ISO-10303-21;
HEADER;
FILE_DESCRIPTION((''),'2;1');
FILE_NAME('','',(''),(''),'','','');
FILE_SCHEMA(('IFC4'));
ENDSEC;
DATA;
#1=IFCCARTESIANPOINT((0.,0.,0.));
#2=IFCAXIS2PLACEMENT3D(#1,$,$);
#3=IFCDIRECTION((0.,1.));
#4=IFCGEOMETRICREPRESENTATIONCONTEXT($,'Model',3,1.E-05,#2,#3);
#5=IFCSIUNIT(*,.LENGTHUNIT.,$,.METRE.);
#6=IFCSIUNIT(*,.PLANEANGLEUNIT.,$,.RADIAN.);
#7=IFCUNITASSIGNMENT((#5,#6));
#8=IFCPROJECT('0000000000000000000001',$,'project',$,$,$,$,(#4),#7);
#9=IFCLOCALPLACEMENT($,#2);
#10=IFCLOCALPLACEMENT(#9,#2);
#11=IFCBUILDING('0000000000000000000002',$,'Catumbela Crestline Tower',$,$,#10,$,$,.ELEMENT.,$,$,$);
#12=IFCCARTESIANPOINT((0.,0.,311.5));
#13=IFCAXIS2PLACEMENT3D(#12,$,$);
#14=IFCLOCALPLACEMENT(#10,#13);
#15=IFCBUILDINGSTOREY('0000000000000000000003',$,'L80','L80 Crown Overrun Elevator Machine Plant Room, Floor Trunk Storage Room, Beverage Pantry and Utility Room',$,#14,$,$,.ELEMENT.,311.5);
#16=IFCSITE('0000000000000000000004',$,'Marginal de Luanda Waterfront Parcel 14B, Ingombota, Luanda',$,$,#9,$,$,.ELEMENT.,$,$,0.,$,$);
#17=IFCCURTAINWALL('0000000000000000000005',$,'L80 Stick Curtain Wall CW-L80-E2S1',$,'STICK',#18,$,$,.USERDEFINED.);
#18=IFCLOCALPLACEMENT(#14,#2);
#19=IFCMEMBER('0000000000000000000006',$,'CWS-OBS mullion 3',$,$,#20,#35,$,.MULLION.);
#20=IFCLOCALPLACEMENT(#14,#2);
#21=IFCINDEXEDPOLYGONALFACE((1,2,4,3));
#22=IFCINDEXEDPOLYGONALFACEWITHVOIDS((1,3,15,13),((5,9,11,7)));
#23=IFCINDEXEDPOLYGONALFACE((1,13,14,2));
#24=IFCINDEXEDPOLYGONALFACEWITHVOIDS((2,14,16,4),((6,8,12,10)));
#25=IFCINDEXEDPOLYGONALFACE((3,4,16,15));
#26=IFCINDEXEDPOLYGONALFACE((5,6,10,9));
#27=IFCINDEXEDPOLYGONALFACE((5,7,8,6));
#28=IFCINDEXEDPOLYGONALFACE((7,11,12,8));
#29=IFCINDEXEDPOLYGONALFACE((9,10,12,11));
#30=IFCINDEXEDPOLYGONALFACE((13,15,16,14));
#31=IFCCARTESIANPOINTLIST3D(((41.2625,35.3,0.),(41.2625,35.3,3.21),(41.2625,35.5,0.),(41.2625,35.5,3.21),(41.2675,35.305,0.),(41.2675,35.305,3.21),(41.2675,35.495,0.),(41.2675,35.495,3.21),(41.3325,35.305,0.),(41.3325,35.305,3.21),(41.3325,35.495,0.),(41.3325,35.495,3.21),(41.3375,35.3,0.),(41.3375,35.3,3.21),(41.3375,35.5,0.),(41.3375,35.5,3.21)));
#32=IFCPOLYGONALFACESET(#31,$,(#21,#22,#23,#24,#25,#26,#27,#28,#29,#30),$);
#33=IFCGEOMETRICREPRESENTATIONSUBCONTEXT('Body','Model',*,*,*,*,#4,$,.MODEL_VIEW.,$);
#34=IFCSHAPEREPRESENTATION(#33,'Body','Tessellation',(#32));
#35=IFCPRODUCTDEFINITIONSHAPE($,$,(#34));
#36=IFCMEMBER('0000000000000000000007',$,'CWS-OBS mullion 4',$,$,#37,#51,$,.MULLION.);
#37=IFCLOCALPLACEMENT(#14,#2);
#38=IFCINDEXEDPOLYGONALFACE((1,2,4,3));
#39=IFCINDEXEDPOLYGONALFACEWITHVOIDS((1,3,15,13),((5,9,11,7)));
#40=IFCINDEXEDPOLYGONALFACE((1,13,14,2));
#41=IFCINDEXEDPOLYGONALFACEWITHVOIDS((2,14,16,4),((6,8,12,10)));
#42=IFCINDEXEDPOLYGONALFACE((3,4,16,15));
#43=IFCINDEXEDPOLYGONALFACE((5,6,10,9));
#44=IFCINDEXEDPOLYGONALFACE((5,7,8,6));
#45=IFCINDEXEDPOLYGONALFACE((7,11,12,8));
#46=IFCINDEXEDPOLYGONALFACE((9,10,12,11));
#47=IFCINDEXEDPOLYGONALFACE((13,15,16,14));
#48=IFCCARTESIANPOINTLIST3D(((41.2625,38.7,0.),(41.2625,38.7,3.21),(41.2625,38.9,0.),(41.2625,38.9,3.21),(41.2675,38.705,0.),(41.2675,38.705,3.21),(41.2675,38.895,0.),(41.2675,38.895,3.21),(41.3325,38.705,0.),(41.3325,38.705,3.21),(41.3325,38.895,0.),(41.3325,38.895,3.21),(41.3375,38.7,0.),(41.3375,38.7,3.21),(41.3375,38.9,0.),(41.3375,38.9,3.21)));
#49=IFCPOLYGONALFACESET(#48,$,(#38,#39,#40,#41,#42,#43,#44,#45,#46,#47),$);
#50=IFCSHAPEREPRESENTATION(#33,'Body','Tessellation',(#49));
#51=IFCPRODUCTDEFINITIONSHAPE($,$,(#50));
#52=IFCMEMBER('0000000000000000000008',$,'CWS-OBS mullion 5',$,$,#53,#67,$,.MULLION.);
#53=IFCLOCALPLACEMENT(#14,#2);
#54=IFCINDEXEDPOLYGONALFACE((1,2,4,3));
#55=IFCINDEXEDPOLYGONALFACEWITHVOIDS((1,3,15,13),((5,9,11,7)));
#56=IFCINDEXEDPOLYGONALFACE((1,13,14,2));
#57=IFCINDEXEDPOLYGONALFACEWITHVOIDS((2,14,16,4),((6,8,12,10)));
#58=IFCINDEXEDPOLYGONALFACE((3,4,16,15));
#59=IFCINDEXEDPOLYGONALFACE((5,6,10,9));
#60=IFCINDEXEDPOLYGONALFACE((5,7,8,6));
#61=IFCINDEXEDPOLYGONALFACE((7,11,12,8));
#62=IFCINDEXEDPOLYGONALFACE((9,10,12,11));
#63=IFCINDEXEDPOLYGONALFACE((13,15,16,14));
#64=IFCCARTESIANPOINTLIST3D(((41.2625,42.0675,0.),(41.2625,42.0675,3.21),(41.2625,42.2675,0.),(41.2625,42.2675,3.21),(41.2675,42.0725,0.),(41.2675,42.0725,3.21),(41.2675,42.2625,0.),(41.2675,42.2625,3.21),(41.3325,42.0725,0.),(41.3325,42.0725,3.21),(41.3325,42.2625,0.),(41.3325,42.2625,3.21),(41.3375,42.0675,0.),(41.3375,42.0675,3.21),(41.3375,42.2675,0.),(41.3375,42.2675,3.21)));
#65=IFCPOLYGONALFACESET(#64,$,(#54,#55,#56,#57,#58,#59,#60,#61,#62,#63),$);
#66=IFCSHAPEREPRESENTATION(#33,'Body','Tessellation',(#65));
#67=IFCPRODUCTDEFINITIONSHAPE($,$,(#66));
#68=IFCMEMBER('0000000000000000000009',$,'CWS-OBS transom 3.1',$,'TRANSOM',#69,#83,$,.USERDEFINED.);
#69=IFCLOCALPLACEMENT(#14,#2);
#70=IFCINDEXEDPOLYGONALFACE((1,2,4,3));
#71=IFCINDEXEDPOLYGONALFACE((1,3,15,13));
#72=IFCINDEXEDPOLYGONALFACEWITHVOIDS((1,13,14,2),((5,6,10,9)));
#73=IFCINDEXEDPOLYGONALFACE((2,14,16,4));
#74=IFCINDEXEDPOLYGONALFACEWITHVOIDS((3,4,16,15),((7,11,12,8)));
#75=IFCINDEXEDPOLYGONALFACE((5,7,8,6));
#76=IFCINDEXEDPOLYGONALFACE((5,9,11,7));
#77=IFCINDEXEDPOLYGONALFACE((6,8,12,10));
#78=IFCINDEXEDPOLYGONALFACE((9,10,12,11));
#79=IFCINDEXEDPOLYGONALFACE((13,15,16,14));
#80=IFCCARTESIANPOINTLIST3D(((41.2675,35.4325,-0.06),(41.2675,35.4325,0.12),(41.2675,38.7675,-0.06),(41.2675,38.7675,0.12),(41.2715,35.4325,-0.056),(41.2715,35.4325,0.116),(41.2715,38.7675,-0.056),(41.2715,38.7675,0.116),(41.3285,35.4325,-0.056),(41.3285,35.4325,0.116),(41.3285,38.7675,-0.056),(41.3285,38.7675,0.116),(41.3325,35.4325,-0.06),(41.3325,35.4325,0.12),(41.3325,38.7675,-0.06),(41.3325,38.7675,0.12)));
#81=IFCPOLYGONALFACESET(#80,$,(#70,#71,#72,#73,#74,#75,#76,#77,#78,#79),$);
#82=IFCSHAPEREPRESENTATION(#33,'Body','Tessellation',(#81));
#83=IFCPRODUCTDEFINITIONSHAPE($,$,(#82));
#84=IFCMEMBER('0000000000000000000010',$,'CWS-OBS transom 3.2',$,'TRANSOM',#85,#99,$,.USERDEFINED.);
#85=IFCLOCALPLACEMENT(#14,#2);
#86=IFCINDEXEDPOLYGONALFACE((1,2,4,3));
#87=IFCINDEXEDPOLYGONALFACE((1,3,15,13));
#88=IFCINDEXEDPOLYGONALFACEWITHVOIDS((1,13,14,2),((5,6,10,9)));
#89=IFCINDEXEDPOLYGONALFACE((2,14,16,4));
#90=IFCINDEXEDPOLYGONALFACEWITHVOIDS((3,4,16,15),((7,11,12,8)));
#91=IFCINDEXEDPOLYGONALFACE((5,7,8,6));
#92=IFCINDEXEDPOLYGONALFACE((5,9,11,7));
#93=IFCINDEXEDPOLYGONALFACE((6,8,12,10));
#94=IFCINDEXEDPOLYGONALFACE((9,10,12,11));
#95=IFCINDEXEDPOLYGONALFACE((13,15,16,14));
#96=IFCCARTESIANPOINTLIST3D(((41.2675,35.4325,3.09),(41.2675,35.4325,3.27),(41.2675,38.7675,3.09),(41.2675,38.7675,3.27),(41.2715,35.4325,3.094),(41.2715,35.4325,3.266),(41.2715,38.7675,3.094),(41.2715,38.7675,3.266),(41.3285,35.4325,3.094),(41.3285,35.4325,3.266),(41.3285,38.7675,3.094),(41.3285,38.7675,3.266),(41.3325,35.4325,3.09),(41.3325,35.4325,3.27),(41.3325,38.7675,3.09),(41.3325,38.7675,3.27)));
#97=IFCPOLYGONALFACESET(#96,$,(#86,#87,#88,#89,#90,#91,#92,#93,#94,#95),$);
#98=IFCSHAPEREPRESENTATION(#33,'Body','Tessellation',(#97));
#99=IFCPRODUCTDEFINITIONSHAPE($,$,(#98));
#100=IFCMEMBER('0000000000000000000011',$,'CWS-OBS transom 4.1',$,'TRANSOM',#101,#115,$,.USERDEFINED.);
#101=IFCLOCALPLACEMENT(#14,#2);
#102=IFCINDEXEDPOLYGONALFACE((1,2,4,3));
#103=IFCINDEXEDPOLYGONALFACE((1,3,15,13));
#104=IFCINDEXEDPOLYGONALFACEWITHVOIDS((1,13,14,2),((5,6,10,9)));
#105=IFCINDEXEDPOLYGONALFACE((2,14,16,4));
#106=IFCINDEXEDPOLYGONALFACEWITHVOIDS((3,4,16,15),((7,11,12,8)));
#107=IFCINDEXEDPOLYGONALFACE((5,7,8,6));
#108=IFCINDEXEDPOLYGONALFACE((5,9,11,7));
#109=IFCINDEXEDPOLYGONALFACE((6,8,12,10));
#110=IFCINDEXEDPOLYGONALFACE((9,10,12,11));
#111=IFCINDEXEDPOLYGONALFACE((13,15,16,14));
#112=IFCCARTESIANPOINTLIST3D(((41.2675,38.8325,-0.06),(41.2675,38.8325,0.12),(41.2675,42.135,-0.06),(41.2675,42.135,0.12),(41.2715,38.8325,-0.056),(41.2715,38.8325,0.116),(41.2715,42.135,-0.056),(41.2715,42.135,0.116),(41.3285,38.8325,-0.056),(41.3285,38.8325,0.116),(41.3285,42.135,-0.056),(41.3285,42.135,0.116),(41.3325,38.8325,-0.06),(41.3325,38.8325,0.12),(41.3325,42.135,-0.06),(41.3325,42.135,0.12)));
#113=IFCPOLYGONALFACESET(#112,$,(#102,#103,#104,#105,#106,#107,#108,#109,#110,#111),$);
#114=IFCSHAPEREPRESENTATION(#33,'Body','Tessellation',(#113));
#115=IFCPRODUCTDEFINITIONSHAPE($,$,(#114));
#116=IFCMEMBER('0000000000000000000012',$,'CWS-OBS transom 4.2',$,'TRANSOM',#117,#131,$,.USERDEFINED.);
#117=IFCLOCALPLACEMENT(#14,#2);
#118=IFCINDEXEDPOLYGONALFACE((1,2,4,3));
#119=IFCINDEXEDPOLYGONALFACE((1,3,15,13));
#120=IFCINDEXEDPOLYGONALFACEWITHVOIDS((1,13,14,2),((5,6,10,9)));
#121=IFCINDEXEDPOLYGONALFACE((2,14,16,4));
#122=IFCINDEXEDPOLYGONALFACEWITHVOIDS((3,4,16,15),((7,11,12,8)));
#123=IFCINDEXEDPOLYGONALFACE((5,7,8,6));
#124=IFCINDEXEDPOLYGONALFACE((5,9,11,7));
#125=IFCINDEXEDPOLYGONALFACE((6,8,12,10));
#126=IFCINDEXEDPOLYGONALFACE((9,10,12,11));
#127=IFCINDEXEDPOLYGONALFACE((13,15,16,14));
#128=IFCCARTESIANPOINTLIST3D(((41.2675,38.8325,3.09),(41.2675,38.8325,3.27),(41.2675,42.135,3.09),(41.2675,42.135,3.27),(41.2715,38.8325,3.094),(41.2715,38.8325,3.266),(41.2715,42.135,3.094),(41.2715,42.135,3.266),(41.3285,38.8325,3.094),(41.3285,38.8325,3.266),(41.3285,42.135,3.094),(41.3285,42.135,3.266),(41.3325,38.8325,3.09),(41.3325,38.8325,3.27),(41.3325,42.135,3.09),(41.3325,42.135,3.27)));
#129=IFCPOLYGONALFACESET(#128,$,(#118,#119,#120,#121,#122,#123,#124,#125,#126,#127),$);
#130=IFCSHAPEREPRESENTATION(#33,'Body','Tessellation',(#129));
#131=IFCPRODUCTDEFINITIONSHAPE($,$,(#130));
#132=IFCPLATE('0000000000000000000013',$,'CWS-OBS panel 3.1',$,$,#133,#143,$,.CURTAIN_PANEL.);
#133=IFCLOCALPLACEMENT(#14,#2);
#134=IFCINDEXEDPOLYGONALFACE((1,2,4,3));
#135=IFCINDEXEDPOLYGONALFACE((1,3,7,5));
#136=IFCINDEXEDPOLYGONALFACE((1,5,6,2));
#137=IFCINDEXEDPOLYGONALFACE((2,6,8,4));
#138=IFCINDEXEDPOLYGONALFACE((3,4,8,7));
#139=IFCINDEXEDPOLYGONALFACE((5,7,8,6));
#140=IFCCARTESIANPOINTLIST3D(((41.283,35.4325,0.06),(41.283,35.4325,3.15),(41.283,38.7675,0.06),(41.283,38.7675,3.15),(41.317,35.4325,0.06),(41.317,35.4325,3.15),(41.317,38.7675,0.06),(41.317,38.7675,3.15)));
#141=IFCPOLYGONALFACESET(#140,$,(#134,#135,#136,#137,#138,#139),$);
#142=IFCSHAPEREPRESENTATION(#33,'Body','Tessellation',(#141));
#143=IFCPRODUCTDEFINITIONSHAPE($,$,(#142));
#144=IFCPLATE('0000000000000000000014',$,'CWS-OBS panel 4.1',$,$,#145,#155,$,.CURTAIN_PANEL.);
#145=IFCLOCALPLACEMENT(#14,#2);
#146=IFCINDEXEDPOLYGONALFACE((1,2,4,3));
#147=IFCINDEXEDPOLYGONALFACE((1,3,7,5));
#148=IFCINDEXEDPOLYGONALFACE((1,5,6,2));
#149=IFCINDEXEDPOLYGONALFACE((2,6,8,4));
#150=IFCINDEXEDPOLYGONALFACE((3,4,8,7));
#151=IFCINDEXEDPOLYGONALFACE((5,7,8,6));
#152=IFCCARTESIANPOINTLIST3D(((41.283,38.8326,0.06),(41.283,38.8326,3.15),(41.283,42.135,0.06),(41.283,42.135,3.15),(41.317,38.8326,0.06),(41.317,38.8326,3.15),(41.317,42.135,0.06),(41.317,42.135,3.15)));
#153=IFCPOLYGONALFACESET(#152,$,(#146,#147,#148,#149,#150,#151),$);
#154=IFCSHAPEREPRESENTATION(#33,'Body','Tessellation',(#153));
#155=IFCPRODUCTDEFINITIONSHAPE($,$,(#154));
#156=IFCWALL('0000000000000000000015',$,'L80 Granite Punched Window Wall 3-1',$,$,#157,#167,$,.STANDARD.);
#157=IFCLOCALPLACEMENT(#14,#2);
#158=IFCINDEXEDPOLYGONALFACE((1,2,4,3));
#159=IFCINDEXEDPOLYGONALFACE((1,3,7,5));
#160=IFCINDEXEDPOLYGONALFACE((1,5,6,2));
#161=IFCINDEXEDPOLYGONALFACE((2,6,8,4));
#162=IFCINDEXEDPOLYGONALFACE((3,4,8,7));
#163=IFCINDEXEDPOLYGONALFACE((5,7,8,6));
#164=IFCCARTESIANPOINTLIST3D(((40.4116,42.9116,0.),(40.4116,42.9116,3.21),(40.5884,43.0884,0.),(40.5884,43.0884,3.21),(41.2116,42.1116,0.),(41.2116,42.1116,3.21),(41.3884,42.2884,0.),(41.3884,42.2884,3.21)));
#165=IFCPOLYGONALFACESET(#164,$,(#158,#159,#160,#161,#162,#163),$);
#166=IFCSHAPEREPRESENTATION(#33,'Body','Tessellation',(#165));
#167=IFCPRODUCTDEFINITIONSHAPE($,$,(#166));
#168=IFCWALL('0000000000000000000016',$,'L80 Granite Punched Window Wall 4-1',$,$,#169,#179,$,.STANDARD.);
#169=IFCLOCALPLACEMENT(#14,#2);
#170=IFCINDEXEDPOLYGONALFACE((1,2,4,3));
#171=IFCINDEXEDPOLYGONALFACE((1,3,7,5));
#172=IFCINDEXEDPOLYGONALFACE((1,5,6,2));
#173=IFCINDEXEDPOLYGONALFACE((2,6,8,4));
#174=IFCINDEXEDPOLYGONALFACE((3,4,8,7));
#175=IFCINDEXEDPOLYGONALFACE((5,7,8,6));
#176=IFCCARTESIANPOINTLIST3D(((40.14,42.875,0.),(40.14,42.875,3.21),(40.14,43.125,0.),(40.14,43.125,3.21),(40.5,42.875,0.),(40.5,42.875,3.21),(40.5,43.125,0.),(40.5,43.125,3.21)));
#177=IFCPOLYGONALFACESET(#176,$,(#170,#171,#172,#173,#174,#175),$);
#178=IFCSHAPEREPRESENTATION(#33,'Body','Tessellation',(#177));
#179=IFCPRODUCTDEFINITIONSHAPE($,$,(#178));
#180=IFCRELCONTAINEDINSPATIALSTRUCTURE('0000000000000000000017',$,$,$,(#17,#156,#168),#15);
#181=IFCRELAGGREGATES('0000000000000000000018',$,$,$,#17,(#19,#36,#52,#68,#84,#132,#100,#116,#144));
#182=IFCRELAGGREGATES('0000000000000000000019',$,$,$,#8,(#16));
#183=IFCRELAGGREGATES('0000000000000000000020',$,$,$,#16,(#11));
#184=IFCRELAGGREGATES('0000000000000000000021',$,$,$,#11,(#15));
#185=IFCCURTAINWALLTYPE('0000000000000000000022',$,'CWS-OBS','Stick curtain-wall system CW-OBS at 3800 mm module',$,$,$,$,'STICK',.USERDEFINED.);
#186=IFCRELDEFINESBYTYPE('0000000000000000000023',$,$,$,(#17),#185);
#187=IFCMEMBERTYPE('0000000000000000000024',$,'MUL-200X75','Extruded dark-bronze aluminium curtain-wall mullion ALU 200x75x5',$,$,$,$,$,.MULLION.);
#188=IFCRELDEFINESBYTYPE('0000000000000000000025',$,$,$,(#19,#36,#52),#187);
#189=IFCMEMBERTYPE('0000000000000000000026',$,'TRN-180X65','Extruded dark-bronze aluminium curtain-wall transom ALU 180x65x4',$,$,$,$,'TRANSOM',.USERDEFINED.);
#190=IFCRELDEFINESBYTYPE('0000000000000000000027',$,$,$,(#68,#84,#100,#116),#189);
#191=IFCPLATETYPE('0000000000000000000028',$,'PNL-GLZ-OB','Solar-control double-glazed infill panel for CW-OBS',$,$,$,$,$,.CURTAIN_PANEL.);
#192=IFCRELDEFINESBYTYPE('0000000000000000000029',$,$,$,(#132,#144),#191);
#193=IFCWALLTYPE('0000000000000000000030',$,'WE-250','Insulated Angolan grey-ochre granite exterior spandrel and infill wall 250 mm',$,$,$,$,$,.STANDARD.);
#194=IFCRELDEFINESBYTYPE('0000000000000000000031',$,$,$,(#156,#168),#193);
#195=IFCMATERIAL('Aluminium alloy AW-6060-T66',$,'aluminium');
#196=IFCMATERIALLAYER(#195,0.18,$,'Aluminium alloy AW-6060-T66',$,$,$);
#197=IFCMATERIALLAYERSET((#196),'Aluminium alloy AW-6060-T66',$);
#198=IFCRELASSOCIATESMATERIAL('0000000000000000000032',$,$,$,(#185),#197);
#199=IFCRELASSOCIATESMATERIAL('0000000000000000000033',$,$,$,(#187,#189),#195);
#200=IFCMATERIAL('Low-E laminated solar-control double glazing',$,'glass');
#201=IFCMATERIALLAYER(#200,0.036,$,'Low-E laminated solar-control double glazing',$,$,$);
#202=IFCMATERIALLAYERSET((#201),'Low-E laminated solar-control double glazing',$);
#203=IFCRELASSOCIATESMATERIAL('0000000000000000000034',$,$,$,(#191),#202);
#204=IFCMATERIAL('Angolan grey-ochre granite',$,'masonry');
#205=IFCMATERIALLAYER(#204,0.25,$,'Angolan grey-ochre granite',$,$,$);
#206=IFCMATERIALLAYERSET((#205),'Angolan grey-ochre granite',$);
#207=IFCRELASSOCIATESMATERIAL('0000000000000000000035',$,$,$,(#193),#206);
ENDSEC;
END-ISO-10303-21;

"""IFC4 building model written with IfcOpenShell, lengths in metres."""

from ifc_helpers import new_model, si_unit, direction, frame, frame_2d, origin, origin_2d, place, context, subcontext, project, spatial, rectangle, hollow_rectangle, extrude, material, layer, layer_set, material_profile, profile_set, type_object, element, aggregate, save


model = new_model("IFC4")

# Units and contexts
model_context = context("Model", 3, precision=1e-05, world=origin(), true_north=direction((0.0, 1.0)))
body_context = subcontext(model_context, "Body", "Model", "MODEL_VIEW")
ifc_project = project(units=[si_unit("LENGTHUNIT", "METRE"), si_unit("PLANEANGLEUNIT", "RADIAN")], contexts=[model_context])

# Site, building, storey
site_placement = place(None, origin())
site = spatial("IfcSite", under=ifc_project, at=site_placement, Name="Marginal de Luanda Waterfront Parcel 14B, Ingombota, Luanda", CompositionType="ELEMENT", RefElevation=0.0)
building_placement = place(site_placement, origin())
building = spatial("IfcBuilding", under=site, at=building_placement, Name="Catumbela Crestline Tower", CompositionType="ELEMENT")
storey_placement = place(building_placement, frame((0.0, 0.0, 311.5)))
storey = spatial("IfcBuildingStorey", under=building, at=storey_placement, Name="L80", Description="L80 Crown Overrun Elevator Machine Plant Room, Floor Trunk Storage Room, Beverage Pantry and Utility Room", CompositionType="ELEMENT", Elevation=311.5)

# Curtain wall, members, plates
ifc_material_1 = material(Name="Aluminium alloy AW-6060-T66", Category="aluminium")
ifc_layer_1 = layer(ifc_material_1, 0.18, Name="Aluminium alloy AW-6060-T66")
ifc_layer_set_1 = layer_set([ifc_layer_1], Name="Aluminium alloy AW-6060-T66")
curtain_wall_type = type_object("IfcCurtainWallType", Name="CWS-OBS", Description="Stick curtain-wall system CW-OBS at 3800 mm module", ElementType="STICK", PredefinedType="USERDEFINED", material=ifc_layer_set_1)
curtain_wall_placement = place(storey_placement, origin())
curtain_wall = element("IfcCurtainWall", 1, at=curtain_wall_placement, inside=storey, type_object=curtain_wall_type, Name="L80 Stick Curtain Wall CW-L80-E2S1", ObjectType="STICK", PredefinedType="USERDEFINED")
ifc_material_profile_1 = material_profile(ifc_material_1, hollow_rectangle(XDim=0.075, YDim=0.2, WallThickness=0.005, at=origin_2d()), Name="ALU 200x75x5")
ifc_profile_set_1 = profile_set([ifc_material_profile_1], Name="Aluminium alloy AW-6060-T66")
member_type_1 = type_object("IfcMemberType", Name="MUL-200X75", Description="Extruded dark-bronze aluminium curtain-wall mullion ALU 200x75x5", PredefinedType="MULLION", material=ifc_profile_set_1)
member_1_placement = place(storey_placement, frame((41.3, 35.4, 0.0), z_axis=(0.0, 0.0, 1.0), x_axis=(-1.0, 0.0, 0.0)))
member_1 = element("IfcMember", 2, at=member_1_placement, type_object=member_type_1, Name="CWS-OBS mullion 3", PredefinedType="MULLION", context=body_context, shape_type="SweptSolid", body=[
    extrude(hollow_rectangle(XDim=0.075, YDim=0.2, WallThickness=0.005, at=origin_2d()), origin(), (0.0, 0.0, 1.0), 3.21),
])
member_2_placement = place(storey_placement, frame((41.3, 38.8, 0.0), z_axis=(0.0, 0.0, 1.0), x_axis=(-1.0, 0.0, 0.0)))
member_2 = element("IfcMember", 3, at=member_2_placement, type_object=member_type_1, Name="CWS-OBS mullion 4", PredefinedType="MULLION", context=body_context, shape_type="SweptSolid", body=[
    extrude(hollow_rectangle(XDim=0.075, YDim=0.2, WallThickness=0.005, at=origin_2d()), origin(), (0.0, 0.0, 1.0), 3.21),
])
member_3_placement = place(storey_placement, frame((41.3, 42.1675, 0.0), z_axis=(0.0, 0.0, 1.0), x_axis=(-1.0, 0.0, 0.0)))
member_3 = element("IfcMember", 4, at=member_3_placement, type_object=member_type_1, Name="CWS-OBS mullion 5", PredefinedType="MULLION", context=body_context, shape_type="SweptSolid", body=[
    extrude(hollow_rectangle(XDim=0.075, YDim=0.2, WallThickness=0.005, at=origin_2d()), origin(), (0.0, 0.0, 1.0), 3.21),
])
ifc_material_profile_2 = material_profile(ifc_material_1, hollow_rectangle(XDim=0.065, YDim=0.18, WallThickness=0.004, at=origin_2d()), Name="ALU 180x65x4")
ifc_profile_set_2 = profile_set([ifc_material_profile_2], Name="Aluminium alloy AW-6060-T66")
member_type_2 = type_object("IfcMemberType", Name="TRN-180X65", Description="Extruded dark-bronze aluminium curtain-wall transom ALU 180x65x4", ElementType="TRANSOM", PredefinedType="USERDEFINED", material=ifc_profile_set_2)
member_4_placement = place(storey_placement, frame((41.3, 35.4325, 0.03), z_axis=(0.0, 1.0, 0.0), x_axis=(-1.0, 0.0, 0.0)))
member_4 = element("IfcMember", 5, at=member_4_placement, type_object=member_type_2, Name="CWS-OBS transom 3.1", ObjectType="TRANSOM", PredefinedType="USERDEFINED", context=body_context, shape_type="SweptSolid", body=[
    extrude(hollow_rectangle(XDim=0.065, YDim=0.18, WallThickness=0.004, at=origin_2d()), origin(), (0.0, 0.0, 1.0), 3.335),
])
member_5_placement = place(storey_placement, frame((41.3, 35.4325, 3.18), z_axis=(0.0, 1.0, 0.0), x_axis=(-1.0, 0.0, 0.0)))
member_5 = element("IfcMember", 6, at=member_5_placement, type_object=member_type_2, Name="CWS-OBS transom 3.2", ObjectType="TRANSOM", PredefinedType="USERDEFINED", context=body_context, shape_type="SweptSolid", body=[
    extrude(hollow_rectangle(XDim=0.065, YDim=0.18, WallThickness=0.004, at=origin_2d()), origin(), (0.0, 0.0, 1.0), 3.335),
])
member_6_placement = place(storey_placement, frame((41.3, 38.8325, 0.03), z_axis=(0.0, 1.0, 0.0), x_axis=(-1.0, 0.0, 0.0)))
member_6 = element("IfcMember", 7, at=member_6_placement, type_object=member_type_2, Name="CWS-OBS transom 4.1", ObjectType="TRANSOM", PredefinedType="USERDEFINED", context=body_context, shape_type="SweptSolid", body=[
    extrude(hollow_rectangle(XDim=0.065, YDim=0.18, WallThickness=0.004, at=origin_2d()), origin(), (0.0, 0.0, 1.0), 3.3025),
])
member_7_placement = place(storey_placement, frame((41.3, 38.8325, 3.18), z_axis=(0.0, 1.0, 0.0), x_axis=(-1.0, 0.0, 0.0)))
member_7 = element("IfcMember", 8, at=member_7_placement, type_object=member_type_2, Name="CWS-OBS transom 4.2", ObjectType="TRANSOM", PredefinedType="USERDEFINED", context=body_context, shape_type="SweptSolid", body=[
    extrude(hollow_rectangle(XDim=0.065, YDim=0.18, WallThickness=0.004, at=origin_2d()), origin(), (0.0, 0.0, 1.0), 3.3025),
])
ifc_material_2 = material(Name="Low-E laminated solar-control double glazing", Category="glass")
ifc_layer_2 = layer(ifc_material_2, 0.036, Name="Low-E laminated solar-control double glazing")
ifc_layer_set_2 = layer_set([ifc_layer_2], Name="Low-E laminated solar-control double glazing")
plate_type = type_object("IfcPlateType", Name="PNL-GLZ-OB", Description="Solar-control double-glazed infill panel for CW-OBS", PredefinedType="CURTAIN_PANEL", material=ifc_layer_set_2)
plate_1_placement = place(storey_placement, frame((41.3, 37.1, 0.06), z_axis=(0.0, 0.0, 1.0), x_axis=(0.0, 1.0, 0.0)))
plate_1 = element("IfcPlate", 9, at=plate_1_placement, type_object=plate_type, Name="CWS-OBS panel 3.1", PredefinedType="CURTAIN_PANEL", context=body_context, shape_type="SweptSolid", body=[
    extrude(rectangle(XDim=3.335, YDim=0.034, at=origin_2d()), origin(), (0.0, 0.0, 1.0), 3.09),
])
plate_2_placement = place(storey_placement, frame((41.3, 40.4838, 0.06), z_axis=(0.0, 0.0, 1.0), x_axis=(0.0, 1.0, 0.0)))
plate_2 = element("IfcPlate", 10, at=plate_2_placement, type_object=plate_type, Name="CWS-OBS panel 4.1", PredefinedType="CURTAIN_PANEL", context=body_context, shape_type="SweptSolid", body=[
    extrude(rectangle(XDim=3.3025, YDim=0.034, at=origin_2d()), origin(), (0.0, 0.0, 1.0), 3.09),
])
aggregate(curtain_wall, [member_1, member_2, member_3, member_4, member_5, plate_1, member_6, member_7, plate_2])

# Walls
ifc_material_3 = material(Name="Angolan grey-ochre granite", Category="masonry")
ifc_layer_3 = layer(ifc_material_3, 0.25, Name="Angolan grey-ochre granite")
ifc_layer_set_3 = layer_set([ifc_layer_3], Name="Angolan grey-ochre granite")
wall_type = type_object("IfcWallType", Name="WE-250", Description="Insulated Angolan grey-ochre granite exterior spandrel and infill wall 250 mm", PredefinedType="STANDARD", material=ifc_layer_set_3)
wall_1_placement = place(storey_placement, frame((41.3, 42.2, 0.0), z_axis=(0.0, 0.0, 1.0), x_axis=(-0.707107, 0.707107, 0.0)))
element("IfcWall", 11, at=wall_1_placement, inside=storey, type_object=wall_type, Name="L80 Granite Punched Window Wall 3-1", PredefinedType="STANDARD", context=body_context, shape_type="SweptSolid", body=[
    extrude(rectangle(XDim=1.1314, YDim=0.25, at=frame_2d((0.5657, 0.0))), origin(), (0.0, 0.0, 1.0), 3.21),
])
wall_2_placement = place(storey_placement, frame((40.5, 43.0, 0.0), z_axis=(0.0, 0.0, 1.0), x_axis=(-1.0, 0.0, 0.0)))
element("IfcWall", 12, at=wall_2_placement, inside=storey, type_object=wall_type, Name="L80 Granite Punched Window Wall 4-1", PredefinedType="STANDARD", context=body_context, shape_type="SweptSolid", body=[
    extrude(rectangle(XDim=0.36, YDim=0.25, at=frame_2d((0.18, 0.0))), origin(), (0.0, 0.0, 1.0), 3.21),
])

save(model, "model.ifc")
